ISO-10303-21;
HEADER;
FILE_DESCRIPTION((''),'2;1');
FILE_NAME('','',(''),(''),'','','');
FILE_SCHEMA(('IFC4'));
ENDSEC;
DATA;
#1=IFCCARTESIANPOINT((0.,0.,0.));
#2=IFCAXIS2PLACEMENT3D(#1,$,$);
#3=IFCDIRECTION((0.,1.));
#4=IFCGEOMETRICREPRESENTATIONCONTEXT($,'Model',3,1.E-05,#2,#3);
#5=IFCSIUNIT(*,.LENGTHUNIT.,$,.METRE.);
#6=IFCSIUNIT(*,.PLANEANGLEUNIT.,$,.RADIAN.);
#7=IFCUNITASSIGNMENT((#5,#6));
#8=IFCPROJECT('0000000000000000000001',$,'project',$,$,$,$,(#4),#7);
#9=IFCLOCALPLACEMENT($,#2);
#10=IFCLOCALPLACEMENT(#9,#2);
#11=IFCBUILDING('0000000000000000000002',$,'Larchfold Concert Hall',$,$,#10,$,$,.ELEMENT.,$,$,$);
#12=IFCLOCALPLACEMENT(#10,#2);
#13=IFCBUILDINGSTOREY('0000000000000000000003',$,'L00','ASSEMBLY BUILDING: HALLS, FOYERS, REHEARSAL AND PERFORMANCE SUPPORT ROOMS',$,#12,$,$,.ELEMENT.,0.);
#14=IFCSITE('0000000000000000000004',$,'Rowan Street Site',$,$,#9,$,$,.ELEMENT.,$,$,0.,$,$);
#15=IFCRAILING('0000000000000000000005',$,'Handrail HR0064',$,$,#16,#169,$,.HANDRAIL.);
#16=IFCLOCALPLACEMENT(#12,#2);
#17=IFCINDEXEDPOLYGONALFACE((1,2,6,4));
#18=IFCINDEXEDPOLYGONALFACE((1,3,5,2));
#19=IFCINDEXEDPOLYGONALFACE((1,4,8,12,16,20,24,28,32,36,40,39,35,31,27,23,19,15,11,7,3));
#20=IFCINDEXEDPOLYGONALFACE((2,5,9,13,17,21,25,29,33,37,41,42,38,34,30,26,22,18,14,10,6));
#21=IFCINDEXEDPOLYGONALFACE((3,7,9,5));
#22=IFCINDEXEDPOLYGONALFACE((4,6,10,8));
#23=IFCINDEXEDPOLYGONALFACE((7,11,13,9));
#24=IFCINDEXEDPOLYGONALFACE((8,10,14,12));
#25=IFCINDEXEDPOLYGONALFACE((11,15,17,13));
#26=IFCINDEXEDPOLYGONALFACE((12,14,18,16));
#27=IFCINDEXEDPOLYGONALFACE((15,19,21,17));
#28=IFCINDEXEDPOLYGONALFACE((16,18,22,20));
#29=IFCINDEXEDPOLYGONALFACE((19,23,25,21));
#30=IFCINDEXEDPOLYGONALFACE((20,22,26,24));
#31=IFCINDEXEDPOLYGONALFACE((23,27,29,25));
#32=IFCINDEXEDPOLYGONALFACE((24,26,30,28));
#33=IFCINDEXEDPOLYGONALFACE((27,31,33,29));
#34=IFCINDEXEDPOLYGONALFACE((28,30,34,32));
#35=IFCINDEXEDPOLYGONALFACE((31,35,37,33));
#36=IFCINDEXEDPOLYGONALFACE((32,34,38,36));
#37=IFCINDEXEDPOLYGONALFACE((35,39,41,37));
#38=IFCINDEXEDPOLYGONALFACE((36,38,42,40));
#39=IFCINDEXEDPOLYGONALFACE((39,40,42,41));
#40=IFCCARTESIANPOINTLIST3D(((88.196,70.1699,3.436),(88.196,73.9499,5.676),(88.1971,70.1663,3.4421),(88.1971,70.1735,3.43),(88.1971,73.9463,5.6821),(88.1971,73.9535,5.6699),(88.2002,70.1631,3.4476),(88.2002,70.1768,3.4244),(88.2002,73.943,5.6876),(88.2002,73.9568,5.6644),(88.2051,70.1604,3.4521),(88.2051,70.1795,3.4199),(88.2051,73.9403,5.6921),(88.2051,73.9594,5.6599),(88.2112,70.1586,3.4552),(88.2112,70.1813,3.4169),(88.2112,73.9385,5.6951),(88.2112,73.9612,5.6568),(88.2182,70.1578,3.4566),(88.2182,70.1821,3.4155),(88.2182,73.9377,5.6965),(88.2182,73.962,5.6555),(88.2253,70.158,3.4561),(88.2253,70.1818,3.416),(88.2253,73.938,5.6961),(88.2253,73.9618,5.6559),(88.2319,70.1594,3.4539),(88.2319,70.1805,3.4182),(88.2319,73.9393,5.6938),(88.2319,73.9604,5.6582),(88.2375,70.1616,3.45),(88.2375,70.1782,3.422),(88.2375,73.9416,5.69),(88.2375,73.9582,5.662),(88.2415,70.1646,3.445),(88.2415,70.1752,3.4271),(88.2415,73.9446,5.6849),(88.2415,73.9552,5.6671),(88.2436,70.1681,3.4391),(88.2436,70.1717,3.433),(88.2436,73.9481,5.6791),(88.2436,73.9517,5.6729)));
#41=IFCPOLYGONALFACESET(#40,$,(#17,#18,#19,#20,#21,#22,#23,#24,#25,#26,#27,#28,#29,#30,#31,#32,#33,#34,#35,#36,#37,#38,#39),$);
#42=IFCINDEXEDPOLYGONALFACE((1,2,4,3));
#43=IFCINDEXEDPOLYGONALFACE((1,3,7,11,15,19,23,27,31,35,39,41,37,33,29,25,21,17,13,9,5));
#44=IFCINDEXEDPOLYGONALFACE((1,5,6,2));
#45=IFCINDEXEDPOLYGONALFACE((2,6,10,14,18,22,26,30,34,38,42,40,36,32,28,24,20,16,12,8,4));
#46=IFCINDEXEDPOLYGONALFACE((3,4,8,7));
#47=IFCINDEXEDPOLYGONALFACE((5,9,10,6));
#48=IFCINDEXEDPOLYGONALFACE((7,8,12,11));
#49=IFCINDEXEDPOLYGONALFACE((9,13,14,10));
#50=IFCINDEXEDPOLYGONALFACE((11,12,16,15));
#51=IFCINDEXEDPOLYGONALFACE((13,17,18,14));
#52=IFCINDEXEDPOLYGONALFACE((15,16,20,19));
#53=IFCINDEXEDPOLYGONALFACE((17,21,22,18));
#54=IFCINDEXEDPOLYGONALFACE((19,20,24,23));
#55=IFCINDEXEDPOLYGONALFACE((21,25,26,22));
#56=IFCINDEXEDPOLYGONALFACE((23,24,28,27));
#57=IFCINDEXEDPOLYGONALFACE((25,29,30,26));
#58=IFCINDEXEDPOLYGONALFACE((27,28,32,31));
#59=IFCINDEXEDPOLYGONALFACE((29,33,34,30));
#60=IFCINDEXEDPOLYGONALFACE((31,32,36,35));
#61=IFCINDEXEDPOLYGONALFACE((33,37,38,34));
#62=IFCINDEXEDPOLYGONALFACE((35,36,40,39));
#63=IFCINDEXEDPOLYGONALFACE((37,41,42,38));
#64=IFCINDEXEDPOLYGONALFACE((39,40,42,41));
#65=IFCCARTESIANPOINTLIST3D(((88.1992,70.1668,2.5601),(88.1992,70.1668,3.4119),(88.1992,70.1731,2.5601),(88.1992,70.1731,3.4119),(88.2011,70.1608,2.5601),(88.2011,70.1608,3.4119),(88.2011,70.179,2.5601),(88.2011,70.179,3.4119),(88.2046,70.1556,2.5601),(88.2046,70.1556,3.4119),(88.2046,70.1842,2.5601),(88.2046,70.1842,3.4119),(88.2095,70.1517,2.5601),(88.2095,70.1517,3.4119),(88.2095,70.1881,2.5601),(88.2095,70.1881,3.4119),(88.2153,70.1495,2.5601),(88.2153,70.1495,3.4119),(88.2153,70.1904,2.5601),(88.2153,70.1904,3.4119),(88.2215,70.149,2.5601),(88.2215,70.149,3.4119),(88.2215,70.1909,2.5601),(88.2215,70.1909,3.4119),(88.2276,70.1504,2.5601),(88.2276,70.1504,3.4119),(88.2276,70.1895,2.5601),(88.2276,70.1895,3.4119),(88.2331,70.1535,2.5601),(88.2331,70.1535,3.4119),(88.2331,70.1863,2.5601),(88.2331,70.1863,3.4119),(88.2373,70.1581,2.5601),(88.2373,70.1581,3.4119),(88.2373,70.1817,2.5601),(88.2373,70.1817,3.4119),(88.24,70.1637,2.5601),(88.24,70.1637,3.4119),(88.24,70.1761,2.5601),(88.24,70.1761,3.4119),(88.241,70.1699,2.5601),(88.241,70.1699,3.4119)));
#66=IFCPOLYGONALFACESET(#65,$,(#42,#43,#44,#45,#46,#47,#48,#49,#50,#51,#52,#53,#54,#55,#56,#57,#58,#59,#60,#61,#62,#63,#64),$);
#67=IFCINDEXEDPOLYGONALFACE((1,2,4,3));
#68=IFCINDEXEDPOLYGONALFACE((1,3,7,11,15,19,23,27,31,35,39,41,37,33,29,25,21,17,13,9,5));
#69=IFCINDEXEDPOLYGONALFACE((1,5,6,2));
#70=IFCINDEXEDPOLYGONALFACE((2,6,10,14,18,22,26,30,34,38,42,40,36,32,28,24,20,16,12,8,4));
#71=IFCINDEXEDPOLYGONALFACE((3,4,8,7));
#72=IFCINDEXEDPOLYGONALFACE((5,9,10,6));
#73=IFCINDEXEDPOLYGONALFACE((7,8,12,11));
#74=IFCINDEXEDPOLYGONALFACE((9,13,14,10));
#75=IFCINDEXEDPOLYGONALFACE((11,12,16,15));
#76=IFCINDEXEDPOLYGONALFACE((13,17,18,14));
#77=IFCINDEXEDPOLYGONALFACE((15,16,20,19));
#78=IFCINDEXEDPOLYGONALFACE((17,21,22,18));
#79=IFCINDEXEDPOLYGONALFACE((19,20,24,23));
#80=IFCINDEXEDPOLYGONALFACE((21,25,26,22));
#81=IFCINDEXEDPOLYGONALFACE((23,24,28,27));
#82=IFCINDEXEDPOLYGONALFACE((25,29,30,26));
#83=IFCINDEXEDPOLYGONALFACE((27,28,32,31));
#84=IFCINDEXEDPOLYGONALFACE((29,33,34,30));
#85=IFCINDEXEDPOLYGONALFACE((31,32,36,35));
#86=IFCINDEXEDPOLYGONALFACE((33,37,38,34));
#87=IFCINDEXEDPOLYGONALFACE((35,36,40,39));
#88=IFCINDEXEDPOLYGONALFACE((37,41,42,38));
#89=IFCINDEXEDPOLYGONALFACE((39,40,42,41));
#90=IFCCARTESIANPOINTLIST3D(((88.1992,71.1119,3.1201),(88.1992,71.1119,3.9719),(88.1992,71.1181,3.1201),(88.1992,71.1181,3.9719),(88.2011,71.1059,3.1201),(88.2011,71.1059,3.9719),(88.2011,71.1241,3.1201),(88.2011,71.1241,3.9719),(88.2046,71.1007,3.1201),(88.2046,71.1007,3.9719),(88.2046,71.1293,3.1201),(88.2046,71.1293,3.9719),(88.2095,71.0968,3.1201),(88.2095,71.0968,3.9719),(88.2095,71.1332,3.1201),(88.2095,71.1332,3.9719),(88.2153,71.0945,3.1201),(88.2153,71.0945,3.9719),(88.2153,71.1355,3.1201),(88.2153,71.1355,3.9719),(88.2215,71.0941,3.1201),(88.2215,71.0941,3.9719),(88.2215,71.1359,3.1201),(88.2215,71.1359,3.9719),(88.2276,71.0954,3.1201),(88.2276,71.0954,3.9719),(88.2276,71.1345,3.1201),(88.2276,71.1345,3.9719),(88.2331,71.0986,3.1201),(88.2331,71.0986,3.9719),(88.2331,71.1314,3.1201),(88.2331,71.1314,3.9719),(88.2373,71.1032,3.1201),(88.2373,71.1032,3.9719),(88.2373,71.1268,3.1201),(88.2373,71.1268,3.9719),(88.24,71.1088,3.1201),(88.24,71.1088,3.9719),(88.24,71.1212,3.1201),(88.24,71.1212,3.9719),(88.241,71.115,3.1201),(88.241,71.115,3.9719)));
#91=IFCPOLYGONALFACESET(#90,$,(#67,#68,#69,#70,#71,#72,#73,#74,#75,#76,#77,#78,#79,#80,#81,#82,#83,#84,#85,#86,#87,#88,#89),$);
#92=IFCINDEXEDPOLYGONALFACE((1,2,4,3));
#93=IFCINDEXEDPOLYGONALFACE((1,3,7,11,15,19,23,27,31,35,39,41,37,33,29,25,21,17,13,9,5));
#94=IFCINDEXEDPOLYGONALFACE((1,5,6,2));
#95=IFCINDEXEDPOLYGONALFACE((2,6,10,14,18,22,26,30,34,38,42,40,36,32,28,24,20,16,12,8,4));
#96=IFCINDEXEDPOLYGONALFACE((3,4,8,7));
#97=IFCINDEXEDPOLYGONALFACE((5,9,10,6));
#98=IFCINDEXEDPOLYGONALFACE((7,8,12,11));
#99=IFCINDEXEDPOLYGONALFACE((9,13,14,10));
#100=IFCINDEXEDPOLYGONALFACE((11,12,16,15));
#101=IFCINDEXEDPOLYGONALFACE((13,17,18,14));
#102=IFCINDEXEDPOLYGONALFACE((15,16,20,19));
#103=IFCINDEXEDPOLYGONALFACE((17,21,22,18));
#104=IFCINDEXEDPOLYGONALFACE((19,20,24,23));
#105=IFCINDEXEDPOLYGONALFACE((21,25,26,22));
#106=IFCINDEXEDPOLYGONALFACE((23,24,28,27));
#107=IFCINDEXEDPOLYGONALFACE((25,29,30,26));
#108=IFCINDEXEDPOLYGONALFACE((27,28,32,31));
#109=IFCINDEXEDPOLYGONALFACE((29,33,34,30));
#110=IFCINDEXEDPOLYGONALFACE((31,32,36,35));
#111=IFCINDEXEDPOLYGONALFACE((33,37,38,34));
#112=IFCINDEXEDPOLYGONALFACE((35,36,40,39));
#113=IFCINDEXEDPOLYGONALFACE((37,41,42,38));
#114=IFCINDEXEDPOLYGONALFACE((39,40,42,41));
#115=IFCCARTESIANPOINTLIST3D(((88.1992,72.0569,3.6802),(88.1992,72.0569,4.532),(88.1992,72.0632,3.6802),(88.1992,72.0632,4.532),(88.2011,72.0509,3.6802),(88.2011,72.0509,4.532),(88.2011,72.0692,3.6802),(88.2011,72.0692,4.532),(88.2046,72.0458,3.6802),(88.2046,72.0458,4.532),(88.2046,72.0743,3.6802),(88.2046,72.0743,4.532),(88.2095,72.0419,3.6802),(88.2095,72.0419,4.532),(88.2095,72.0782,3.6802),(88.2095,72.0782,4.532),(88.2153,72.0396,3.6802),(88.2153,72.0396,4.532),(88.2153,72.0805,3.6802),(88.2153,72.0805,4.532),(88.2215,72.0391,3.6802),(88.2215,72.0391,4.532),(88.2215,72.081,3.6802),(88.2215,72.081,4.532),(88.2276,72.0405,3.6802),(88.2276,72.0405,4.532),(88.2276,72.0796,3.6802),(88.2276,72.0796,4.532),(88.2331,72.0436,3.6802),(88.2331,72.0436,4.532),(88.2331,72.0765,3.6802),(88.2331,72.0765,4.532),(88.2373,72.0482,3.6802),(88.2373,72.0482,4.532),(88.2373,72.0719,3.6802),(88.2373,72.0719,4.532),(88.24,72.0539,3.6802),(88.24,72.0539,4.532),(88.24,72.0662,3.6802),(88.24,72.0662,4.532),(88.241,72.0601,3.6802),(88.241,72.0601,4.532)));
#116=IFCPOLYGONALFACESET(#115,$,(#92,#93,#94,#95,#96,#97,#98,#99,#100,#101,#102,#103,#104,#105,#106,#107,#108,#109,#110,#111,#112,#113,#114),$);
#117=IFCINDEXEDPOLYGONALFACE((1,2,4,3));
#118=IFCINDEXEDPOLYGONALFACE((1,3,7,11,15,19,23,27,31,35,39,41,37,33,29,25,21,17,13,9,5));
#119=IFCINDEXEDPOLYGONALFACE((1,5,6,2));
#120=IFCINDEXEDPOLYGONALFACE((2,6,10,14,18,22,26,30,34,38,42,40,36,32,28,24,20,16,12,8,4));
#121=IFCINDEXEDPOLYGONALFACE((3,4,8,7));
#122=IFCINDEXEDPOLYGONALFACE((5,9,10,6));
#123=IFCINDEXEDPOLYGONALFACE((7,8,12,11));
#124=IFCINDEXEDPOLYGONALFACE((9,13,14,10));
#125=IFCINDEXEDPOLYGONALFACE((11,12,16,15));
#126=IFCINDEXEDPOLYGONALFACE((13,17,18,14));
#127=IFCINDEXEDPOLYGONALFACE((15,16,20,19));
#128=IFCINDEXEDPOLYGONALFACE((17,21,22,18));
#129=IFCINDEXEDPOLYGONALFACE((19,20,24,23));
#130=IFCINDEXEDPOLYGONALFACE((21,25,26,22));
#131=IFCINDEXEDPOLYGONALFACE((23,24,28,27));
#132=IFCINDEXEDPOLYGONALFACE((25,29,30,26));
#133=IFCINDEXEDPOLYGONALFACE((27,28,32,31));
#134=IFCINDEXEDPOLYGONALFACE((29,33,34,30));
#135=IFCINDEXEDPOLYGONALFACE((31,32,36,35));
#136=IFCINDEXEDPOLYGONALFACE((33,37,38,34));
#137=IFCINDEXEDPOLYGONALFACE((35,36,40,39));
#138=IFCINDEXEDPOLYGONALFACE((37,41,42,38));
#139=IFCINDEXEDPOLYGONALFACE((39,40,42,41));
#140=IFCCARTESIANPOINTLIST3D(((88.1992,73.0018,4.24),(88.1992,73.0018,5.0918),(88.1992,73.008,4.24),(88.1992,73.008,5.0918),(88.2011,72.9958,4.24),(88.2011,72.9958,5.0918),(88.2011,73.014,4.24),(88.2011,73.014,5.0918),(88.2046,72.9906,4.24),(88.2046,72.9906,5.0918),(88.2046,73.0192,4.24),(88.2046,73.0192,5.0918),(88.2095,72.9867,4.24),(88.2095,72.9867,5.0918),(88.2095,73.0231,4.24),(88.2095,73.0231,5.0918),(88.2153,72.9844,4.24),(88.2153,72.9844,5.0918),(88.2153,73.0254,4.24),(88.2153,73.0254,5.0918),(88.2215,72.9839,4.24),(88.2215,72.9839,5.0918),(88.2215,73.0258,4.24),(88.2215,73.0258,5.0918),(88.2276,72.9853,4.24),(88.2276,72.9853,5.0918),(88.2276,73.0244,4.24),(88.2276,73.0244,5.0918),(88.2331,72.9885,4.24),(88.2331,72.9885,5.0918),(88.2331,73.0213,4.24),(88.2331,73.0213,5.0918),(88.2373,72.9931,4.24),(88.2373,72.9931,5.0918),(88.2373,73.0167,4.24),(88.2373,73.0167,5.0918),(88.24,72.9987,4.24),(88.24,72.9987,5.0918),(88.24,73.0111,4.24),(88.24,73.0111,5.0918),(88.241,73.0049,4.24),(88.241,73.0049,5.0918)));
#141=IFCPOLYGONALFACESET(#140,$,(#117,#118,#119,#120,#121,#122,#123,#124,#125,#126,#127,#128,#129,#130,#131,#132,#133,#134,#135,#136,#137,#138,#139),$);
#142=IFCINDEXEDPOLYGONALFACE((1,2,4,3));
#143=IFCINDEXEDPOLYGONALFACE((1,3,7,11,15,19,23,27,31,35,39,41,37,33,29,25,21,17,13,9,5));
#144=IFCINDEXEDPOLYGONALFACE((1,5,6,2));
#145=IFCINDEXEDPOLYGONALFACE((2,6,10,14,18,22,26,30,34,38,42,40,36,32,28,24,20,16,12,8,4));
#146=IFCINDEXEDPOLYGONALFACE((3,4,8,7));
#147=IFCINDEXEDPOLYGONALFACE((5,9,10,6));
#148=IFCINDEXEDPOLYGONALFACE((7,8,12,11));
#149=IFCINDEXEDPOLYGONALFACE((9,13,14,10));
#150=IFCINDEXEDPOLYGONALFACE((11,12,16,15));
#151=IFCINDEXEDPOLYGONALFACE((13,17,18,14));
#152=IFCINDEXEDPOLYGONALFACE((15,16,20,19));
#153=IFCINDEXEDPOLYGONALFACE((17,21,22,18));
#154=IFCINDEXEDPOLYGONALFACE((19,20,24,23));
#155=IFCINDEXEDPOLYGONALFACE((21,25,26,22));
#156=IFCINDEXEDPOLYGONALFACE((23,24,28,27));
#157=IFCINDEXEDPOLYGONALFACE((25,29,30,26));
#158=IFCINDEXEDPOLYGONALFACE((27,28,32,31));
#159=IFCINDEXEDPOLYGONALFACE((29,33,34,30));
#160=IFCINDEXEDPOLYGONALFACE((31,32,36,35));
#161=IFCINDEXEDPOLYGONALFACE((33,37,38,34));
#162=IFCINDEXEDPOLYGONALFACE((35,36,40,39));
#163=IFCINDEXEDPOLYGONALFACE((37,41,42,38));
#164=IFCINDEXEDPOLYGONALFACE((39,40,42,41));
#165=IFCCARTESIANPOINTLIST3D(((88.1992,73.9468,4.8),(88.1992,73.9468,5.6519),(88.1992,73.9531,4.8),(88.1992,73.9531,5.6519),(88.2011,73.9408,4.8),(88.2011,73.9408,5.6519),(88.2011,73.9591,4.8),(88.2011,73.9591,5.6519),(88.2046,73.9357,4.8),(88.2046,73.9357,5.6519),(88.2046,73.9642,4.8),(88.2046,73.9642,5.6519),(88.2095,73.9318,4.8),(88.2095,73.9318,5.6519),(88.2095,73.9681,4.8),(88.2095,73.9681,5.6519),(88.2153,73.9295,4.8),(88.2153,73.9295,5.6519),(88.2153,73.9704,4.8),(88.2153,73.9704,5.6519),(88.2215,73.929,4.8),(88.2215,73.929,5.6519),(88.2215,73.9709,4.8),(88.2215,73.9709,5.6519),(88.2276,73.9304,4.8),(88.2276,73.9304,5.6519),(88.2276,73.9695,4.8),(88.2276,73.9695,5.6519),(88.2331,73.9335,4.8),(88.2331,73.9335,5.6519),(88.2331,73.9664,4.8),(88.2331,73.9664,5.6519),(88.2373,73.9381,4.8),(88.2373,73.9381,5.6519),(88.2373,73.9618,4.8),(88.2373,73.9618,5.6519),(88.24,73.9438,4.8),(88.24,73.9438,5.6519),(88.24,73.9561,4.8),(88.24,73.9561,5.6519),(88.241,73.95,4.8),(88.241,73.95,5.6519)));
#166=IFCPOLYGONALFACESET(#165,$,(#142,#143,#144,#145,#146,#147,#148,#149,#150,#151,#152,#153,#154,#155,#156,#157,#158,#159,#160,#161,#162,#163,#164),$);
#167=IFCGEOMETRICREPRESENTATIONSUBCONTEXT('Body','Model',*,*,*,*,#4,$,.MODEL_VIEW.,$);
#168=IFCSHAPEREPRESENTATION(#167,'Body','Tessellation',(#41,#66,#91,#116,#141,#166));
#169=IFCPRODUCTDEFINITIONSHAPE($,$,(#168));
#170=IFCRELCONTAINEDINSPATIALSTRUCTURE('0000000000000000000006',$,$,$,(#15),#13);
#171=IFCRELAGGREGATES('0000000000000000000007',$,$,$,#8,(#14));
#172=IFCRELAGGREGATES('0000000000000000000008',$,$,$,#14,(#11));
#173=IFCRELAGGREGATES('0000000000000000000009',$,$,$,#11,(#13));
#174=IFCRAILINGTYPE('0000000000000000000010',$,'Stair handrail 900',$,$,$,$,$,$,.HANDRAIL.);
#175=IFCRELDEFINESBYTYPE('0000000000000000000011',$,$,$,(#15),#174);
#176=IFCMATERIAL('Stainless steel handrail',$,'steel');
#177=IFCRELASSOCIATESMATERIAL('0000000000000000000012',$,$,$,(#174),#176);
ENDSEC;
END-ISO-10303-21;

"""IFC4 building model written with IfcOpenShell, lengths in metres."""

from ifc_helpers import new_model, si_unit, direction, frame, origin, origin_2d, place, context, subcontext, project, spatial, circle, extrude, material, type_object, element, save


model = new_model("IFC4")

# Units and contexts
model_context = context("Model", 3, precision=1e-05, world=origin(), true_north=direction((0.0, 1.0)))
body_context = subcontext(model_context, "Body", "Model", "MODEL_VIEW")
ifc_project = project(units=[si_unit("LENGTHUNIT", "METRE"), si_unit("PLANEANGLEUNIT", "RADIAN")], contexts=[model_context])

# Site, building, storey
site_placement = place(None, origin())
site = spatial("IfcSite", under=ifc_project, at=site_placement, Name="Rowan Street Site", CompositionType="ELEMENT", RefElevation=0.0)
building_placement = place(site_placement, origin())
building = spatial("IfcBuilding", under=site, at=building_placement, Name="Larchfold Concert Hall", CompositionType="ELEMENT")
storey_placement = place(building_placement, origin())
storey = spatial("IfcBuildingStorey", under=building, at=storey_placement, Name="L00", Description="ASSEMBLY BUILDING: HALLS, FOYERS, REHEARSAL AND PERFORMANCE SUPPORT ROOMS", CompositionType="ELEMENT", Elevation=0.0)

# Railing
ifc_material_1 = material(Name="Stainless steel handrail", Category="steel")
railing_type_1 = type_object("IfcRailingType", Name="Stair handrail 900", PredefinedType="HANDRAIL", material=ifc_material_1)
railing_1_placement = place(storey_placement, frame((88.22, 70.1699, 2.5601)))
element("IfcRailing", 1, at=railing_1_placement, inside=storey, type_object=railing_type_1, Name="Handrail HR0064", PredefinedType="HANDRAIL", context=body_context, shape_type="SweptSolid", body=[
    extrude(circle(Radius=0.0239, at=origin_2d()), frame((0.0, 0.0, 0.876), z_axis=(0.0, 0.860294, 0.509798), x_axis=(-1.0, 0.0, 0.0)), (0.0, 0.0, 1.0), 4.3938),
    extrude(circle(Radius=0.021, at=origin_2d()), origin(), (0.0, 0.0, 1.0), 0.8518),
    extrude(circle(Radius=0.021, at=origin_2d()), frame((0.0, 0.9451, 0.5601)), (0.0, 0.0, 1.0), 0.8518),
    extrude(circle(Radius=0.021, at=origin_2d()), frame((0.0, 1.8901, 1.1201)), (0.0, 0.0, 1.0), 0.8518),
    extrude(circle(Radius=0.021, at=origin_2d()), frame((0.0, 2.835, 1.6799)), (0.0, 0.0, 1.0), 0.8518),
    extrude(circle(Radius=0.021, at=origin_2d()), frame((0.0, 3.78, 2.24)), (0.0, 0.0, 1.0), 0.8518),
])

save(model, "model.ifc")
